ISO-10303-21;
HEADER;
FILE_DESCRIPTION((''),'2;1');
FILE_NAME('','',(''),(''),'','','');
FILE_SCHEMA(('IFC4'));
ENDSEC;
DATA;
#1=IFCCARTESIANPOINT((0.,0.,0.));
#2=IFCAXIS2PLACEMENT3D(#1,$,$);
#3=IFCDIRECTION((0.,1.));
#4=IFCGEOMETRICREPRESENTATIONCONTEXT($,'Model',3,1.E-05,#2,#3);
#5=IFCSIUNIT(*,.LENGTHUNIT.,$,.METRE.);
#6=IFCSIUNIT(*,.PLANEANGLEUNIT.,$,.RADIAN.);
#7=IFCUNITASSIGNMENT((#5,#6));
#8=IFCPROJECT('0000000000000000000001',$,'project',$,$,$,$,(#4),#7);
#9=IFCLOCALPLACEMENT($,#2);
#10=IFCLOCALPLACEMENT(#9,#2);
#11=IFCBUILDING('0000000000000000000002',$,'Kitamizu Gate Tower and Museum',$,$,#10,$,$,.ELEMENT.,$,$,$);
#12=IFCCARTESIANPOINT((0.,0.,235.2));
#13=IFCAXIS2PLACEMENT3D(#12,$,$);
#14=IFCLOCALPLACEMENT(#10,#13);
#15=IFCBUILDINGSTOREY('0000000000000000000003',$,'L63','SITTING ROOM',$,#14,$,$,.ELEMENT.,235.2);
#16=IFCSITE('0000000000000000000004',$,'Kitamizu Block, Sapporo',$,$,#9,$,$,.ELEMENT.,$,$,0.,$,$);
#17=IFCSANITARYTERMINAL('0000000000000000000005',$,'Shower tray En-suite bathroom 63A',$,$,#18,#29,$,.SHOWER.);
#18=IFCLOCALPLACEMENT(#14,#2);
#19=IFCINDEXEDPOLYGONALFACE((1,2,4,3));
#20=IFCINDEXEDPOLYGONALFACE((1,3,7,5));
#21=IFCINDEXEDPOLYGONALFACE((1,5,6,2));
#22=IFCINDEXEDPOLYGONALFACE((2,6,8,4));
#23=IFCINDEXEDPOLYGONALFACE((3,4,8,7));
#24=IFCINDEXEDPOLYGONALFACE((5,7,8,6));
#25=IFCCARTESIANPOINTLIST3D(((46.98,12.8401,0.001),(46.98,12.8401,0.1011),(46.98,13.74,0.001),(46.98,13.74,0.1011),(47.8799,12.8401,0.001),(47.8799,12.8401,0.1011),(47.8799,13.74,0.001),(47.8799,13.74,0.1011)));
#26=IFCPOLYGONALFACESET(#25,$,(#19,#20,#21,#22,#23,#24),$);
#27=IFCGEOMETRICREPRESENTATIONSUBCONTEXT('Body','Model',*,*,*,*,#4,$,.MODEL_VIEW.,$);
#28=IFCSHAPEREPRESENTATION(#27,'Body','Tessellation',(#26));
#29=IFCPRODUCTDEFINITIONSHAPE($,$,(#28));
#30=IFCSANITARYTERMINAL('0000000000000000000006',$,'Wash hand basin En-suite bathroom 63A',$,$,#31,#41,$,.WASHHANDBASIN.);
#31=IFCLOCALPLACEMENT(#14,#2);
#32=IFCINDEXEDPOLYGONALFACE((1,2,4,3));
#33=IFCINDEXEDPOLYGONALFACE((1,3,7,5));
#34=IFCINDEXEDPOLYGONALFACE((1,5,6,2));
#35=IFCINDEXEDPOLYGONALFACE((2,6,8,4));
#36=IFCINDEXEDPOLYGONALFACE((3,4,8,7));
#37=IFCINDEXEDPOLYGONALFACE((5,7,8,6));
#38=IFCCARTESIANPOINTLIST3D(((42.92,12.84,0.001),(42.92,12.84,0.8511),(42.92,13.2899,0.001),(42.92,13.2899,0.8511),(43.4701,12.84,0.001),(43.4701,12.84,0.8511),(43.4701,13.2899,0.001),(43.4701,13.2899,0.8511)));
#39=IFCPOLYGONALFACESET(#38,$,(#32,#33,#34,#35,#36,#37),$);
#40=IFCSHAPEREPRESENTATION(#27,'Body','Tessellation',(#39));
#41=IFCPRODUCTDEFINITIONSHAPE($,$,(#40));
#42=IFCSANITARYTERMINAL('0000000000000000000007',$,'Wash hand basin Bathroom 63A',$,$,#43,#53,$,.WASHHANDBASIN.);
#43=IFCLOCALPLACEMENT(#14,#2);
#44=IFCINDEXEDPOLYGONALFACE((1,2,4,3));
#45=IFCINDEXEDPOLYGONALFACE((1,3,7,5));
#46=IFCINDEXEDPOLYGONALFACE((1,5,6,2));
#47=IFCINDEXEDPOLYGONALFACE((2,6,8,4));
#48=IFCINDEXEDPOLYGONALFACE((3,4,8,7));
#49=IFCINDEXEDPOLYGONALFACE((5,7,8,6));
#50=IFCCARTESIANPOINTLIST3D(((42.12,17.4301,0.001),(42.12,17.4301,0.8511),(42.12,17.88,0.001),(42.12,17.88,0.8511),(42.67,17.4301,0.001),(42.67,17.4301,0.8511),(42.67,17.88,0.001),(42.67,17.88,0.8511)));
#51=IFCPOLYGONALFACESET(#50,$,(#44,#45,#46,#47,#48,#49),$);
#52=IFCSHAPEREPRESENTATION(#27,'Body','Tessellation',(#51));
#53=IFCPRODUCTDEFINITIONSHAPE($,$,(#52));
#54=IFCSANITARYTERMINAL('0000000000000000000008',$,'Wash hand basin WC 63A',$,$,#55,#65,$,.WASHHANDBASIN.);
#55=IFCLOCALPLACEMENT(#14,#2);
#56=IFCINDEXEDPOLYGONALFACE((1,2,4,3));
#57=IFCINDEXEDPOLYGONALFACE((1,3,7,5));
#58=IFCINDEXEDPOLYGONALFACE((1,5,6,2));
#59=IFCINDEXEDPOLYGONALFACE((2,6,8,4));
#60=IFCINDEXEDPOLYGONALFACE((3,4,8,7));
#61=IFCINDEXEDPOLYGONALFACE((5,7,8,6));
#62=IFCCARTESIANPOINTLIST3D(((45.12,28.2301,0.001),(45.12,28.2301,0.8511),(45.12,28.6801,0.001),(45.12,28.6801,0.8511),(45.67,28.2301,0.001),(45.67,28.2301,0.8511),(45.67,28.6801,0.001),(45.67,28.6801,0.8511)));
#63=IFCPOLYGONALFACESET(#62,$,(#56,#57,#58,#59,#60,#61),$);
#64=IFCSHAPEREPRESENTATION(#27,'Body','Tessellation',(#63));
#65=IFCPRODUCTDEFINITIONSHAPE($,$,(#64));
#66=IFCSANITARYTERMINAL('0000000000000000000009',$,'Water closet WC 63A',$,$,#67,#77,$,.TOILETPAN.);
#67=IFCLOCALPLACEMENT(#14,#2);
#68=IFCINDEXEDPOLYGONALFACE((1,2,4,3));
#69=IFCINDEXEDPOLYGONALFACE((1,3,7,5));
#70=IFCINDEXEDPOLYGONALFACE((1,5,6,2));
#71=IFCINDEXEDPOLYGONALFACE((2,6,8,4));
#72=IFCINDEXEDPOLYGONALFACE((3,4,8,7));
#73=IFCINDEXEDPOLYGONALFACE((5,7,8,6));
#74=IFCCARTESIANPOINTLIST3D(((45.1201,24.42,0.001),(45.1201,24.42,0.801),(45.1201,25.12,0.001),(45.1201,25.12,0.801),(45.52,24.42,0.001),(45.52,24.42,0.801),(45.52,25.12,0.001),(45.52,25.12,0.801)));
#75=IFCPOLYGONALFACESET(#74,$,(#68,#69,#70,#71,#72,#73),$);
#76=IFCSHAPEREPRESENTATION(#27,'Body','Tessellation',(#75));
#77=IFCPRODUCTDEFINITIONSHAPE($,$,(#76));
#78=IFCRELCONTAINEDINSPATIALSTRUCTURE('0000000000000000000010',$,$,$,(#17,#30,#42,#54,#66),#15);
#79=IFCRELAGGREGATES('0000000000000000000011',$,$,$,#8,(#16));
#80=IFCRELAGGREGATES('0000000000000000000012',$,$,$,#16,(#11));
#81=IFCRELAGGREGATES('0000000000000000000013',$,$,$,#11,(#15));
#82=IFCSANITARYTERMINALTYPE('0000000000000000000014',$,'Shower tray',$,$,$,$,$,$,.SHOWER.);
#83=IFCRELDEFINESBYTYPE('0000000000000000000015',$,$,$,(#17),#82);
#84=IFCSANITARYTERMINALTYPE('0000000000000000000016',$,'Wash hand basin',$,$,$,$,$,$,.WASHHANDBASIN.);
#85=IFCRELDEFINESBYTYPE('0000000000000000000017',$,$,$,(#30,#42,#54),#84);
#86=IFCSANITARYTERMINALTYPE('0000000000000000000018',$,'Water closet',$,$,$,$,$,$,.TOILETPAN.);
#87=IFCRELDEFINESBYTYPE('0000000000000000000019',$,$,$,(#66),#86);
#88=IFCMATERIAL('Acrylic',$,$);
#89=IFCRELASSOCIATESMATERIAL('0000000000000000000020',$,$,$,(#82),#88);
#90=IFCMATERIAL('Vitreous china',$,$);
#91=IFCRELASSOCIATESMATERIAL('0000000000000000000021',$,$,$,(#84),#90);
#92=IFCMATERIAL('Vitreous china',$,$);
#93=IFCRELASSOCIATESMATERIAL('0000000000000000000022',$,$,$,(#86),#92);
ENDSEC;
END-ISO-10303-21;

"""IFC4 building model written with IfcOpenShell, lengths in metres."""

from ifc_helpers import new_model, si_unit, direction, frame, origin, origin_2d, place, context, subcontext, project, spatial, rectangle, extrude, material, type_object, element, save


model = new_model("IFC4")

# Units and contexts
model_context = context("Model", 3, precision=1e-05, world=origin(), true_north=direction((0.0, 1.0)))
body_context = subcontext(model_context, "Body", "Model", "MODEL_VIEW")
ifc_project = project(units=[si_unit("LENGTHUNIT", "METRE"), si_unit("PLANEANGLEUNIT", "RADIAN")], contexts=[model_context])

# Site, building, storey
site_placement = place(None, origin())
site = spatial("IfcSite", under=ifc_project, at=site_placement, Name="Kitamizu Block, Sapporo", CompositionType="ELEMENT", RefElevation=0.0)
building_placement = place(site_placement, origin())
building = spatial("IfcBuilding", under=site, at=building_placement, Name="Kitamizu Gate Tower and Museum", CompositionType="ELEMENT")
storey_placement = place(building_placement, frame((0.0, 0.0, 235.2)))
storey = spatial("IfcBuildingStorey", under=building, at=storey_placement, Name="L63", Description="SITTING ROOM", CompositionType="ELEMENT", Elevation=235.2)

# Sanitary terminals
ifc_material_1 = material(Name="Acrylic")
sanitary_terminal_type_1 = type_object("IfcSanitaryTerminalType", Name="Shower tray", PredefinedType="SHOWER", material=ifc_material_1)
sanitary_terminal_1_placement = place(storey_placement, frame((47.4299, 13.29, 0.001), z_axis=(0.0, 0.0, 1.0), x_axis=(1.0, 0.0, 0.0)))
element("IfcSanitaryTerminal", 1, at=sanitary_terminal_1_placement, inside=storey, type_object=sanitary_terminal_type_1, Name="Shower tray En-suite bathroom 63A", PredefinedType="SHOWER", context=body_context, shape_type="SweptSolid", body=[
    extrude(rectangle(XDim=0.8999, YDim=0.8999, at=origin_2d()), origin(), (0.0, 0.0, 1.0), 0.1001),
])
ifc_material_2 = material(Name="Vitreous china")
sanitary_terminal_type_2 = type_object("IfcSanitaryTerminalType", Name="Wash hand basin", PredefinedType="WASHHANDBASIN", material=ifc_material_2)
for number, where, z_axis, x_axis, name in (
    (2, (43.1951, 13.0649, 0.001), (0.0, 0.0, 1.0), (1.0, 0.0, 0.0), "Wash hand basin En-suite bathroom 63A"),
    (3, (42.395, 17.655, 0.001), (0.0, 0.0, 1.0), (1.0, 0.0, 0.0), "Wash hand basin Bathroom 63A"),
    (4, (45.395, 28.4551, 0.001), (0.0, 0.0, 1.0), (1.0, 0.0, 0.0), "Wash hand basin WC 63A"),
):
    element("IfcSanitaryTerminal", number, at=place(storey_placement, frame(where, z_axis=z_axis, x_axis=x_axis)), inside=storey, type_object=sanitary_terminal_type_2, Name=name, PredefinedType="WASHHANDBASIN", context=body_context, shape_type="SweptSolid", body=[
        extrude(rectangle(XDim=0.55, YDim=0.45, at=origin_2d()), origin(), (0.0, 0.0, 1.0), 0.8501),
    ])
ifc_material_3 = material(Name="Vitreous china")
sanitary_terminal_type_3 = type_object("IfcSanitaryTerminalType", Name="Water closet", PredefinedType="TOILETPAN", material=ifc_material_3)
sanitary_terminal_2_placement = place(storey_placement, frame((45.3201, 24.77, 0.001), z_axis=(0.0, 0.0, 1.0), x_axis=(1.0, 0.0, 0.0)))
element("IfcSanitaryTerminal", 5, at=sanitary_terminal_2_placement, inside=storey, type_object=sanitary_terminal_type_3, Name="Water closet WC 63A", PredefinedType="TOILETPAN", context=body_context, shape_type="SweptSolid", body=[
    extrude(rectangle(XDim=0.3999, YDim=0.7, at=origin_2d()), origin(), (0.0, 0.0, 1.0), 0.8),
])

save(model, "model.ifc")
